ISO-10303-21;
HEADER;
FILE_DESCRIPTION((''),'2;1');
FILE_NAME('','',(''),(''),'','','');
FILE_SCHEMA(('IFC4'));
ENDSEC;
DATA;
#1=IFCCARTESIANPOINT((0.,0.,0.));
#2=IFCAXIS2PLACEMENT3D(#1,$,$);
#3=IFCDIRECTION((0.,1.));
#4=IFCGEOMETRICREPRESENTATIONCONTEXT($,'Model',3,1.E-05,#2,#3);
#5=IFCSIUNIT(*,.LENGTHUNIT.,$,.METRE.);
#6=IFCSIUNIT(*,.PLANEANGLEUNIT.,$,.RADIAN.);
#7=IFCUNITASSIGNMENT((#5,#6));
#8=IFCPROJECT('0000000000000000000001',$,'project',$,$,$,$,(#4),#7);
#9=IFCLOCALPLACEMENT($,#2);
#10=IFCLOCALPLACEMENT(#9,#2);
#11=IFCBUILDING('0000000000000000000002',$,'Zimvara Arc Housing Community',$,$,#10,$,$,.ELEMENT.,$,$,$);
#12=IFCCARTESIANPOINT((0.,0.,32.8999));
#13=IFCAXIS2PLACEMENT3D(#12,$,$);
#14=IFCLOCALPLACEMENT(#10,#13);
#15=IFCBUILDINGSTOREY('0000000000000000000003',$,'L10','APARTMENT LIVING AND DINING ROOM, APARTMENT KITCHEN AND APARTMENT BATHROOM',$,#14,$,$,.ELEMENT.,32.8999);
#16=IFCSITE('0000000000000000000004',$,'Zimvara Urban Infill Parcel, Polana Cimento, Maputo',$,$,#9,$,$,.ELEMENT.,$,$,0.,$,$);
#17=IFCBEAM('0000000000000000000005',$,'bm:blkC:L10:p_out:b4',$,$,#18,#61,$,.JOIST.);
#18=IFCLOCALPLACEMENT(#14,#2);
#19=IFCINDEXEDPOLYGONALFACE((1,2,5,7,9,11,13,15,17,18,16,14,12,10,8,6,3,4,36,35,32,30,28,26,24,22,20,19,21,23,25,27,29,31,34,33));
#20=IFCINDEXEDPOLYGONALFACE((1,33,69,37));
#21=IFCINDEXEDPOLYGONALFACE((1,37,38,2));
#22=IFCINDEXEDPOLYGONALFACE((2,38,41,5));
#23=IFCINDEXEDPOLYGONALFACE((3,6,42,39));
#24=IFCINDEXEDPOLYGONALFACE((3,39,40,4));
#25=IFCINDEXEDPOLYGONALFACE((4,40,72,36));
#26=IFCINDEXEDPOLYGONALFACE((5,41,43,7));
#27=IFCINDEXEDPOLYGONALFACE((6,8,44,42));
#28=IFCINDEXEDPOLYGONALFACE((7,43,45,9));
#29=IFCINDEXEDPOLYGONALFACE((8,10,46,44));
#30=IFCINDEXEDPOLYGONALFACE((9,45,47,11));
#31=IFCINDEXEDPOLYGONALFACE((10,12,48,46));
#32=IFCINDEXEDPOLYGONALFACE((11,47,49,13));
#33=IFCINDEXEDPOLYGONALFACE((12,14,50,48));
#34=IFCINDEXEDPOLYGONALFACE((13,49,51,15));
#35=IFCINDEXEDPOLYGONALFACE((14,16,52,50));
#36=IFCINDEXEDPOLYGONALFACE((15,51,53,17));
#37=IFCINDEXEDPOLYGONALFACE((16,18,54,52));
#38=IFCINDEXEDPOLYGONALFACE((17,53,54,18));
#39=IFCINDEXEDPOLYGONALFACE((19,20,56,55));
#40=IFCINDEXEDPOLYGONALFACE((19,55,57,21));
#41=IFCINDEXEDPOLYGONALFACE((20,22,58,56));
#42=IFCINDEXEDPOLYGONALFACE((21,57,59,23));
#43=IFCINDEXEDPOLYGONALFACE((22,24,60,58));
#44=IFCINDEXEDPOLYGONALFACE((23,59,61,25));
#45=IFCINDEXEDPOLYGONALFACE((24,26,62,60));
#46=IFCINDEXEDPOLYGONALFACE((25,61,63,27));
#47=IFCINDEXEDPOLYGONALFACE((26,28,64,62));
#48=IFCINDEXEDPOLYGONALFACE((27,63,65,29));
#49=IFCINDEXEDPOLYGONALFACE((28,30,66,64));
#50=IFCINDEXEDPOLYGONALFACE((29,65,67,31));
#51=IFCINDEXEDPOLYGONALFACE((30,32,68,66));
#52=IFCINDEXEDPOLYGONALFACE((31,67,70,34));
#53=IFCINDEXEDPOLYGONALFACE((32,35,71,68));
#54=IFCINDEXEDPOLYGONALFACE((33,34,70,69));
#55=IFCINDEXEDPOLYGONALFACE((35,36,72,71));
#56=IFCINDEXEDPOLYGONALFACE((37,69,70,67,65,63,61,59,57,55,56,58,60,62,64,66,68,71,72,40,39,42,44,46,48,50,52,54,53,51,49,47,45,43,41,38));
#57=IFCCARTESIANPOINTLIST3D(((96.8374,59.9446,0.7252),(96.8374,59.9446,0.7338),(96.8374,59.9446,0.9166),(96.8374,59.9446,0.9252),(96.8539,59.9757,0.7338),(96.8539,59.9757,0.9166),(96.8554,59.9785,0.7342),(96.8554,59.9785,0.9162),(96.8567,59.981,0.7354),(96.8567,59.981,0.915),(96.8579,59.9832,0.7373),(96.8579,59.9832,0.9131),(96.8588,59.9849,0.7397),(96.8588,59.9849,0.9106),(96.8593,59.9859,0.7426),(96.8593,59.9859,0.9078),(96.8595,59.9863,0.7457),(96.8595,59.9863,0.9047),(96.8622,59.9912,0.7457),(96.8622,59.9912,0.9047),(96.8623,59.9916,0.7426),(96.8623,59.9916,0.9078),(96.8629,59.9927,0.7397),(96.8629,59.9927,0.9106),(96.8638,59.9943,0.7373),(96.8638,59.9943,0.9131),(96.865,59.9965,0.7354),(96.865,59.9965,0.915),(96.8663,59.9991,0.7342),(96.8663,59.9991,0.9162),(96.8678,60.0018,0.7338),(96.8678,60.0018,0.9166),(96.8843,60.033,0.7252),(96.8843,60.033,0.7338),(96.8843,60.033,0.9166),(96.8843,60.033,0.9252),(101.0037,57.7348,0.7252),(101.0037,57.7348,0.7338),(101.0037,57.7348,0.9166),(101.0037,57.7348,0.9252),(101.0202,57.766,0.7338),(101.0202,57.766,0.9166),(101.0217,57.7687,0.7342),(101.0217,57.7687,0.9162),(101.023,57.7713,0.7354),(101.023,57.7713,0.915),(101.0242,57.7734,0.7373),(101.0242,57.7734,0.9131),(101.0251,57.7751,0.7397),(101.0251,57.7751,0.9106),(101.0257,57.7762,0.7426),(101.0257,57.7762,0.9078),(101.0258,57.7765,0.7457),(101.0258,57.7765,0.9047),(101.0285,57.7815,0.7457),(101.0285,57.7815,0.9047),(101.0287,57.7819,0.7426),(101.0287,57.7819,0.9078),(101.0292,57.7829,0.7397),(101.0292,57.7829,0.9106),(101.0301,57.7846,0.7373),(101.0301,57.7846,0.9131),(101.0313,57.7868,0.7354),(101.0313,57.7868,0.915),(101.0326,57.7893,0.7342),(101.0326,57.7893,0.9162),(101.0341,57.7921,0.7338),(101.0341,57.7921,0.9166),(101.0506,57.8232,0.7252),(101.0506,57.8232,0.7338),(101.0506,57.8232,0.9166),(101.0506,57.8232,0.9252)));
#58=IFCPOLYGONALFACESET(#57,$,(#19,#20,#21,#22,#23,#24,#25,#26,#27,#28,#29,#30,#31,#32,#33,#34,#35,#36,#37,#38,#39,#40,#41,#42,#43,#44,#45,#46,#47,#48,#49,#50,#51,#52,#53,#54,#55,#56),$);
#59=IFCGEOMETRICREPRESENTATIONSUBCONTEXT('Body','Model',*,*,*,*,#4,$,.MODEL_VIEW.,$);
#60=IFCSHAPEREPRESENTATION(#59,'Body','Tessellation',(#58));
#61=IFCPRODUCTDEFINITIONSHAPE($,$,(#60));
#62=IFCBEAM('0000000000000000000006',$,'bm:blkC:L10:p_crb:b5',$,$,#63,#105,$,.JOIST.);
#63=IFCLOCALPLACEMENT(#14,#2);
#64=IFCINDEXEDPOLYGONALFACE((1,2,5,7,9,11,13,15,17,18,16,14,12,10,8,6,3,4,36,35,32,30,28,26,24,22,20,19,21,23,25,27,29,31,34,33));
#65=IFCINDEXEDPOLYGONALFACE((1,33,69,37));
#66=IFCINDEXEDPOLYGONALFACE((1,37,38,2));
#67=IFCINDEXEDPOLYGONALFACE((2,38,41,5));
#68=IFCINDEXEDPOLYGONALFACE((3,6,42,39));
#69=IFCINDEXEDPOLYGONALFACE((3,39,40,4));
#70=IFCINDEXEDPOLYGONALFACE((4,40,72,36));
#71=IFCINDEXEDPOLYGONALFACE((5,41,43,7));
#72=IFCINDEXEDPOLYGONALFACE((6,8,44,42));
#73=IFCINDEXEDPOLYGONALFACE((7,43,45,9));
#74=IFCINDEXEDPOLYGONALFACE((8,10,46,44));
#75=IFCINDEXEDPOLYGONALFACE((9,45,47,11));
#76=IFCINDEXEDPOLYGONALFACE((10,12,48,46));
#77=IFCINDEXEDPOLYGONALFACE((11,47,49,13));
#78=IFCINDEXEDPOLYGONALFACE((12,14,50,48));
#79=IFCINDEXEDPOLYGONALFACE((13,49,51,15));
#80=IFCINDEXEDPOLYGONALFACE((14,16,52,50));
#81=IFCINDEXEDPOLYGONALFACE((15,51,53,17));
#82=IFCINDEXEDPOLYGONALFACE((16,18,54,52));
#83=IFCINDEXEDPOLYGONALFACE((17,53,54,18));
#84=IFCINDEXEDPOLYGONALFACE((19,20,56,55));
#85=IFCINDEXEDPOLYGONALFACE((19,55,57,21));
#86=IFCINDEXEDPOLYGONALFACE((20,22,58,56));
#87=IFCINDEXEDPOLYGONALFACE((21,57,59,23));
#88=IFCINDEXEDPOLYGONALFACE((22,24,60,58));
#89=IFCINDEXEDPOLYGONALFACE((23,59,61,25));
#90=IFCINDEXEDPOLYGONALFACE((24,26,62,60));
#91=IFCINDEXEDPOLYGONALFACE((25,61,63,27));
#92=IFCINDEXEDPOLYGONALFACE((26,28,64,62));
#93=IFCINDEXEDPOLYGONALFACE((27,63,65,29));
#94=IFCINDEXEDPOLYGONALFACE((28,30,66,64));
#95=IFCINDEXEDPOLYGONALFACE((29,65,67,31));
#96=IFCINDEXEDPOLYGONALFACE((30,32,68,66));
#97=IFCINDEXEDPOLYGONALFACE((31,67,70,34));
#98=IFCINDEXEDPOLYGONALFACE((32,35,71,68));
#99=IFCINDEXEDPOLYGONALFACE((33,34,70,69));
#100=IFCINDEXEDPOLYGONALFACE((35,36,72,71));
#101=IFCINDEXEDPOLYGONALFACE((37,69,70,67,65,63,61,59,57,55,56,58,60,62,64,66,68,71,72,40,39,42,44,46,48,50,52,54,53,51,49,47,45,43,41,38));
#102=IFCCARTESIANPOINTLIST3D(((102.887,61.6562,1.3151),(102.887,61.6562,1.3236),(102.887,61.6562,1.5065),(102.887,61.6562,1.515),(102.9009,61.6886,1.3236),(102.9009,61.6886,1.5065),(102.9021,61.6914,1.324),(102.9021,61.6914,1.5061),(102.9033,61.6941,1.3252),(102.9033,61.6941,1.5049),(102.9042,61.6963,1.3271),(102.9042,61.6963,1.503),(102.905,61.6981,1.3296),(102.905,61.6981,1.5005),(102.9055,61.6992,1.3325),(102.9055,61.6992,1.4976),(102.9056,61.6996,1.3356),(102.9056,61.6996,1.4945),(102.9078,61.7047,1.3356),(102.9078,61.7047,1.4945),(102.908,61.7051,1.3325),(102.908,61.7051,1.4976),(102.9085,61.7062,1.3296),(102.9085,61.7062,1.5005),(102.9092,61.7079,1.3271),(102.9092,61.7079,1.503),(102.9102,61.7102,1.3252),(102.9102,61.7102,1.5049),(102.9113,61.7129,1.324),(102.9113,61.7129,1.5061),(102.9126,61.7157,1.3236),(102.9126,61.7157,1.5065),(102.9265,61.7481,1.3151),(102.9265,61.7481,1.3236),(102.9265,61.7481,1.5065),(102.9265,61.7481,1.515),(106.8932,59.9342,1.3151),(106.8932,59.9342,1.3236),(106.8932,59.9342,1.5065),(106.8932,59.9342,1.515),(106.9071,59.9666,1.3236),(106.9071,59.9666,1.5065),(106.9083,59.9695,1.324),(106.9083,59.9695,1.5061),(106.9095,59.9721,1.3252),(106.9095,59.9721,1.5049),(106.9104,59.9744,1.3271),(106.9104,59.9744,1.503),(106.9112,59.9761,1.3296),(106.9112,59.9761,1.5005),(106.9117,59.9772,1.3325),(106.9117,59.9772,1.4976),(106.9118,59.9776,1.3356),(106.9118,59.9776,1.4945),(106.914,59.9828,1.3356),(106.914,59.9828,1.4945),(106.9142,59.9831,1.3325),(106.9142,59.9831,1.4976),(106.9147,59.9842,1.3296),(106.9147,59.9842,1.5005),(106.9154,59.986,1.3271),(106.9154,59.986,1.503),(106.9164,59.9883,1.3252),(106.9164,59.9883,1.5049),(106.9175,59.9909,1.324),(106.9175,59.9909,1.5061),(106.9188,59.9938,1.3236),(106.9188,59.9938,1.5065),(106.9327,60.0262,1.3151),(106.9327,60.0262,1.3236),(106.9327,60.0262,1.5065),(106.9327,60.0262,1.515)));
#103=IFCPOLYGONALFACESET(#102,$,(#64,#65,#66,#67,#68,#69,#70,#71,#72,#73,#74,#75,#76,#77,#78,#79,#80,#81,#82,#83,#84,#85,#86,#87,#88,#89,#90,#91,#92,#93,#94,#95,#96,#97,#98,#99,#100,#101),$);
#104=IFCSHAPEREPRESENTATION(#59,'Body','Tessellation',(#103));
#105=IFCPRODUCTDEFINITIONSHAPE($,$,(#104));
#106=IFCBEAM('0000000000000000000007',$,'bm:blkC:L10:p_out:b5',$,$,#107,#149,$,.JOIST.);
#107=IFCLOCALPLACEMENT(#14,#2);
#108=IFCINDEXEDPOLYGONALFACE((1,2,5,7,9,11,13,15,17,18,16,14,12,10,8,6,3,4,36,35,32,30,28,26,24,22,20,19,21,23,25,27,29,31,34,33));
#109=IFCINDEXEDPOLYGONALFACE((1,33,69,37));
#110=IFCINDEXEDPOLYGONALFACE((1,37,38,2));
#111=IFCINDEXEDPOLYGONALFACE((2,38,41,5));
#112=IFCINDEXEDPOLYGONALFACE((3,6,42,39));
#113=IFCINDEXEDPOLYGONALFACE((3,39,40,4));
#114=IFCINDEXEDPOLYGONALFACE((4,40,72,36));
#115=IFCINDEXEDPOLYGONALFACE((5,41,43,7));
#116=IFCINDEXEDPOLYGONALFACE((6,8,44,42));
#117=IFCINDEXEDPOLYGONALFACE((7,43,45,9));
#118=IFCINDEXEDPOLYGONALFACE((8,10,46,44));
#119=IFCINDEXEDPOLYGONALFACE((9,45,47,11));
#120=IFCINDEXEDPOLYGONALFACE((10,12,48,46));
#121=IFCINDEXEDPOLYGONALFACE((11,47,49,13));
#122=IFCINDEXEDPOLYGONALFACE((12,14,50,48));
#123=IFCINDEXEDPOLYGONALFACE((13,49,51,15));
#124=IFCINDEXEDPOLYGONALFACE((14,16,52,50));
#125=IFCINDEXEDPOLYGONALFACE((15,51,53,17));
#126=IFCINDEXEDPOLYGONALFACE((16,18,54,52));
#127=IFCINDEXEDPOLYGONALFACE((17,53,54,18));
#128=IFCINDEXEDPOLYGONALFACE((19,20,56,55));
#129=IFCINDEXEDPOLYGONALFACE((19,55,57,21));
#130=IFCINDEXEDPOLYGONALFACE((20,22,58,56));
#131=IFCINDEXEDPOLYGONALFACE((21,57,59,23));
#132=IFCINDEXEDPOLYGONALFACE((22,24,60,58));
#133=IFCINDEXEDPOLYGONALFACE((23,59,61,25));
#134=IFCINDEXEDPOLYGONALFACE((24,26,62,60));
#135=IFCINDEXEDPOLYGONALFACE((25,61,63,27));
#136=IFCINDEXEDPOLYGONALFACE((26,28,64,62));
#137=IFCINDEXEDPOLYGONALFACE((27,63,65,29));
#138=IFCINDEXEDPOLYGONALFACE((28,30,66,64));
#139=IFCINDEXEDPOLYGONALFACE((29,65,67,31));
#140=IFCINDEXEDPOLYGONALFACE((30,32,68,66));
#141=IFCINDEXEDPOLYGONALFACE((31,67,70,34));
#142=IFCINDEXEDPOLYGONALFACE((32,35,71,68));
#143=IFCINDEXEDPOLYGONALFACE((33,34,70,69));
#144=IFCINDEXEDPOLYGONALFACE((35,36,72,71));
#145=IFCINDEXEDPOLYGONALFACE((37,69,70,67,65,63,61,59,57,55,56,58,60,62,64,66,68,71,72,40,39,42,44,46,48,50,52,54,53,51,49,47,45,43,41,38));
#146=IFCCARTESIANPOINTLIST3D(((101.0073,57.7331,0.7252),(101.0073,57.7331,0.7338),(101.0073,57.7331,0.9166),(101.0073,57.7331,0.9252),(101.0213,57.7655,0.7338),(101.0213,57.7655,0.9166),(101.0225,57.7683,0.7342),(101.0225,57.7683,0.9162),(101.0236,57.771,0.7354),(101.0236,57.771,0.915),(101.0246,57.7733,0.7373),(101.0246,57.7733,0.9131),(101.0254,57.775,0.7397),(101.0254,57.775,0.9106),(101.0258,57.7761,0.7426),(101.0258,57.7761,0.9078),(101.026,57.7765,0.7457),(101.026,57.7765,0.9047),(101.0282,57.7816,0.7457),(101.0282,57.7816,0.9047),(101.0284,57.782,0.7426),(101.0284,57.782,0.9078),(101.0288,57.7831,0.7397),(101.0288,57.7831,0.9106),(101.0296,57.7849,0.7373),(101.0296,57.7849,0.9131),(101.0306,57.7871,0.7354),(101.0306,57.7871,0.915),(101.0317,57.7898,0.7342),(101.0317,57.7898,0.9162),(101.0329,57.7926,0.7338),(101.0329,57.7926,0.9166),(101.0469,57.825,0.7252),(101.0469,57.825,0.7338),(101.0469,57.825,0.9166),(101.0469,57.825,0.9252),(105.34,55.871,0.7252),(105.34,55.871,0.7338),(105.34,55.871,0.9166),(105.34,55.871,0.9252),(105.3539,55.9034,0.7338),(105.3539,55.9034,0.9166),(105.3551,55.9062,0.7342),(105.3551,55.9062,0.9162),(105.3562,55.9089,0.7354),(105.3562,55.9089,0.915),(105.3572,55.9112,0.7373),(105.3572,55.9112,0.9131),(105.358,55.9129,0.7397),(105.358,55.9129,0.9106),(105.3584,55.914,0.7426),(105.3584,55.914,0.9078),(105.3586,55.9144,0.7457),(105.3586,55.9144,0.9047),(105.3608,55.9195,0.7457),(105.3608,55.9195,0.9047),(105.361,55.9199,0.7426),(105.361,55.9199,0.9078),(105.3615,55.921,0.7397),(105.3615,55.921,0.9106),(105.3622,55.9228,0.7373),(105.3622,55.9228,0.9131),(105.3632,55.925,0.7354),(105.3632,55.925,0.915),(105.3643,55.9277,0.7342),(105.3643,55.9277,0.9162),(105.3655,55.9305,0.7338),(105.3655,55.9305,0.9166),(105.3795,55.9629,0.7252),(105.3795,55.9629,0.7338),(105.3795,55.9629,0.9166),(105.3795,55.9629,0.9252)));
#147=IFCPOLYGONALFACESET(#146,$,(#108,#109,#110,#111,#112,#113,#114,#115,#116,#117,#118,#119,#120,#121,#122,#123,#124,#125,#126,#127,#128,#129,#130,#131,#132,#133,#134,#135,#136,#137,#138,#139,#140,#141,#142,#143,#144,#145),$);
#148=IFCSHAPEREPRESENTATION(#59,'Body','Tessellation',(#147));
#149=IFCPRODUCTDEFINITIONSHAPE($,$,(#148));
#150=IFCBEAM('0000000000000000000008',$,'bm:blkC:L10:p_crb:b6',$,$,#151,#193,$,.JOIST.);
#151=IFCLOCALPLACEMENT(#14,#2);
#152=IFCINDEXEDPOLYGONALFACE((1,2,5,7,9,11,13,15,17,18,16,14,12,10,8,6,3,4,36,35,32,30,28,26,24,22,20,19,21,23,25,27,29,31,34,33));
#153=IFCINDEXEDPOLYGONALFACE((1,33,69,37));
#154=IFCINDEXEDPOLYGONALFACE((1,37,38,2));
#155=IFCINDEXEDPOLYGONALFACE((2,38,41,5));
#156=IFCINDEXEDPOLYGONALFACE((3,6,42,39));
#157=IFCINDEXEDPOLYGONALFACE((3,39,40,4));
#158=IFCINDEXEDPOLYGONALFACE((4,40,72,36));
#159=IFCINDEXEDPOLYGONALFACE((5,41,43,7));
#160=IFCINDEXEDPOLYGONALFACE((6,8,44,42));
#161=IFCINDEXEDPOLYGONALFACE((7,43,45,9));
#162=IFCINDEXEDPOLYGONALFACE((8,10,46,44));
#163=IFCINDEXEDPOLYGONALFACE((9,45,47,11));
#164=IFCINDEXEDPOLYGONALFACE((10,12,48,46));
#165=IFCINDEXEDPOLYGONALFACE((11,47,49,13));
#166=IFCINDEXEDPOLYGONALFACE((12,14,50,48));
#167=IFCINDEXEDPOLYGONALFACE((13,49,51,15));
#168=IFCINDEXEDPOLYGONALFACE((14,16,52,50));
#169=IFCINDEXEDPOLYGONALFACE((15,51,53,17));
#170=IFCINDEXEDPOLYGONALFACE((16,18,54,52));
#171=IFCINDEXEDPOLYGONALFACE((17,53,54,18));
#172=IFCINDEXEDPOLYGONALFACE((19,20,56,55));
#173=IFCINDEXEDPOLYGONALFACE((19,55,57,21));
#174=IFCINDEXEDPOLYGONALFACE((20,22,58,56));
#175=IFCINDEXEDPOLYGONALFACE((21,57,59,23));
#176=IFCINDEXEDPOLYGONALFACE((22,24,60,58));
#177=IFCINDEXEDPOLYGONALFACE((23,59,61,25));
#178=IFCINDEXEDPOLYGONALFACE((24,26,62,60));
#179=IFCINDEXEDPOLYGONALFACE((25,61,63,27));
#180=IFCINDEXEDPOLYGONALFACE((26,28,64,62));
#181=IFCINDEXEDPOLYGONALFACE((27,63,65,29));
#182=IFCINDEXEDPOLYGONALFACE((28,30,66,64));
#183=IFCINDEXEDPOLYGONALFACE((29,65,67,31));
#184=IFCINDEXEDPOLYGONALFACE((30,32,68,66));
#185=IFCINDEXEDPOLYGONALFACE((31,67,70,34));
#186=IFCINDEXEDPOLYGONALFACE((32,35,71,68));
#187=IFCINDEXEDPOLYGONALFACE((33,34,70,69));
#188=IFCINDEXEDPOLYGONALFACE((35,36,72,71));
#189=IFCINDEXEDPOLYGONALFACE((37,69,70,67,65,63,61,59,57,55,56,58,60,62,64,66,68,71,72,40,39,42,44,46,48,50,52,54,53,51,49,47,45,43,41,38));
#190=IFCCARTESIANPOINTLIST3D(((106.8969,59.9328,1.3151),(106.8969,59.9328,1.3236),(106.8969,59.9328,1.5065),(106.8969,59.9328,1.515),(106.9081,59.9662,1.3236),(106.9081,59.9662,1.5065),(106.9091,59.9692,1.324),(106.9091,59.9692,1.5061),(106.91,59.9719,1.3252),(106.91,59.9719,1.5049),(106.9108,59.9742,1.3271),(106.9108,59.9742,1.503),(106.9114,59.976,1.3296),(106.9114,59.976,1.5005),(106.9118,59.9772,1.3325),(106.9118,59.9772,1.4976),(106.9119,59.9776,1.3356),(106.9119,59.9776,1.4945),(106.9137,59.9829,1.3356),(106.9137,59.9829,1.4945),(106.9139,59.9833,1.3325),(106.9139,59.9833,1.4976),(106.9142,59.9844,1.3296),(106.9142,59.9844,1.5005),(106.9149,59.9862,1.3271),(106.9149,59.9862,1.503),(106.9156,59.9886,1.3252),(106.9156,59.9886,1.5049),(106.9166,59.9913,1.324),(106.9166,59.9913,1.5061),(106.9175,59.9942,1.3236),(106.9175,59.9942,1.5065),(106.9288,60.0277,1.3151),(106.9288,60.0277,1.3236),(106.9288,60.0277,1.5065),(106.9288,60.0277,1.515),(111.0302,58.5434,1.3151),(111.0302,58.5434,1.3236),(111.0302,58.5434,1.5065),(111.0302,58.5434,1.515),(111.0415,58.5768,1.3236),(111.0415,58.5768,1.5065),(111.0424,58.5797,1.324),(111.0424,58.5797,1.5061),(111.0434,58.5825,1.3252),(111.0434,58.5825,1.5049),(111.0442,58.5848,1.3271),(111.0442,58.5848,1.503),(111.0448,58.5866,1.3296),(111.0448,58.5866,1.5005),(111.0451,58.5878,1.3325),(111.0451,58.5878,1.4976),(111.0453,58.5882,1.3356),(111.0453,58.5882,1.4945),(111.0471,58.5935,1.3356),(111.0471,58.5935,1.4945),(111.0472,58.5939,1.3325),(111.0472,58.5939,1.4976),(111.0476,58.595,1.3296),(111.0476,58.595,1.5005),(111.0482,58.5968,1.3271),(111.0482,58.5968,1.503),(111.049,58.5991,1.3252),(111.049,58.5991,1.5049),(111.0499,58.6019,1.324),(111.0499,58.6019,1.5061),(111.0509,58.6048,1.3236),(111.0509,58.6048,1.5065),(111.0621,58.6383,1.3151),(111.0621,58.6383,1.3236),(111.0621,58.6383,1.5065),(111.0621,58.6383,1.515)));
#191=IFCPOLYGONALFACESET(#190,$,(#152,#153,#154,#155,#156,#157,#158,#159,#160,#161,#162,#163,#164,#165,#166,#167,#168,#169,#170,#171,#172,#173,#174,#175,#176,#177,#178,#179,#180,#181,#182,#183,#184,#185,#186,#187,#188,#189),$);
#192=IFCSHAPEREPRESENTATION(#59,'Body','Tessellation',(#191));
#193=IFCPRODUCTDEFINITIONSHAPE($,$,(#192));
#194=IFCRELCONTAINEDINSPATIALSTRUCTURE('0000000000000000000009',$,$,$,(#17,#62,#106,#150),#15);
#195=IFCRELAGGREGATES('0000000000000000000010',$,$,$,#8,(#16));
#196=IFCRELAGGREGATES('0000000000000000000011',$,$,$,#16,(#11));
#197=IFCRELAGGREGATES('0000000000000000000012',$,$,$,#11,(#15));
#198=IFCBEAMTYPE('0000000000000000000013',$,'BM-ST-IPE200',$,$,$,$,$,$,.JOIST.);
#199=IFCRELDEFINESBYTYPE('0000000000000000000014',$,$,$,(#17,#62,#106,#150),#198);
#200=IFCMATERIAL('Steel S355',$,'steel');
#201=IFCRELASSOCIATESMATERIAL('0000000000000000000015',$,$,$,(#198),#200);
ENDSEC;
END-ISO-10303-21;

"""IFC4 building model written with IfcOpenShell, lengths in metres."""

from ifc_helpers import new_model, si_unit, direction, frame, origin, origin_2d, place, context, subcontext, project, spatial, i_section, extrude, material, material_profile, profile_set, type_object, element, save


model = new_model("IFC4")

# Units and contexts
model_context = context("Model", 3, precision=1e-05, world=origin(), true_north=direction((0.0, 1.0)))
body_context = subcontext(model_context, "Body", "Model", "MODEL_VIEW")
ifc_project = project(units=[si_unit("LENGTHUNIT", "METRE"), si_unit("PLANEANGLEUNIT", "RADIAN")], contexts=[model_context])

# Site, building, storey
site_placement = place(None, origin())
site = spatial("IfcSite", under=ifc_project, at=site_placement, Name="Zimvara Urban Infill Parcel, Polana Cimento, Maputo", CompositionType="ELEMENT", RefElevation=0.0)
building_placement = place(site_placement, origin())
building = spatial("IfcBuilding", under=site, at=building_placement, Name="Zimvara Arc Housing Community", CompositionType="ELEMENT")
storey_placement = place(building_placement, frame((0.0, 0.0, 32.8999)))
storey = spatial("IfcBuildingStorey", under=building, at=storey_placement, Name="L10", Description="APARTMENT LIVING AND DINING ROOM, APARTMENT KITCHEN AND APARTMENT BATHROOM", CompositionType="ELEMENT", Elevation=32.8999)

# Beams
ifc_material_1 = material(Name="Steel S355", Category="steel")
ifc_material_profile_1 = material_profile(ifc_material_1, i_section(OverallWidth=0.1001, OverallDepth=0.2, WebThickness=0.0056, FlangeThickness=0.0085, FilletRadius=0.012, at=origin_2d()), Name="IPE 200")
ifc_profile_set_1 = profile_set([ifc_material_profile_1], Name="Steel S355")
beam_type_1 = type_object("IfcBeamType", Name="BM-ST-IPE200", PredefinedType="JOIST", material=ifc_profile_set_1)
beam_1_placement = place(storey_placement, frame((96.8608, 59.9888, 0.8252), z_axis=(0.883433, -0.468558, 0.0), x_axis=(0.468558, 0.883433, 0.0)))
element("IfcBeam", 1, at=beam_1_placement, inside=storey, type_object=beam_type_1, Name="bm:blkC:L10:p_out:b4", PredefinedType="JOIST", context=body_context, shape_type="SweptSolid", body=[
    extrude(i_section(OverallWidth=0.1001, OverallDepth=0.2, WebThickness=0.0056, FlangeThickness=0.0085, FilletRadius=0.012, at=origin_2d()), origin(), (0.0, 0.0, 1.0), 4.7161),
])
beam_2_placement = place(storey_placement, frame((102.9067, 61.7021, 1.415), z_axis=(0.918727, -0.394892, 0.0), x_axis=(0.394892, 0.918727, 0.0)))
element("IfcBeam", 2, at=beam_2_placement, inside=storey, type_object=beam_type_1, Name="bm:blkC:L10:p_crb:b5", PredefinedType="JOIST", context=body_context, shape_type="SweptSolid", body=[
    extrude(i_section(OverallWidth=0.1001, OverallDepth=0.2, WebThickness=0.0056, FlangeThickness=0.0085, FilletRadius=0.012, at=origin_2d()), origin(), (0.0, 0.0, 1.0), 4.3606),
])
beam_3_placement = place(storey_placement, frame((101.0271, 57.7791, 0.8252), z_axis=(0.91874, -0.394863, 0.0), x_axis=(0.394863, 0.91874, 0.0)))
element("IfcBeam", 3, at=beam_3_placement, inside=storey, type_object=beam_type_1, Name="bm:blkC:L10:p_out:b5", PredefinedType="JOIST", context=body_context, shape_type="SweptSolid", body=[
    extrude(i_section(OverallWidth=0.1001, OverallDepth=0.2, WebThickness=0.0056, FlangeThickness=0.0085, FilletRadius=0.012, at=origin_2d()), origin(), (0.0, 0.0, 1.0), 4.7158),
])
beam_4_placement = place(storey_placement, frame((106.9128, 59.9802, 1.415), z_axis=(0.94788, -0.318629, 0.0), x_axis=(0.318629, 0.94788, 0.0)))
element("IfcBeam", 4, at=beam_4_placement, inside=storey, type_object=beam_type_1, Name="bm:blkC:L10:p_crb:b6", PredefinedType="JOIST", context=body_context, shape_type="SweptSolid", body=[
    extrude(i_section(OverallWidth=0.1001, OverallDepth=0.2, WebThickness=0.0056, FlangeThickness=0.0085, FilletRadius=0.012, at=origin_2d()), origin(), (0.0, 0.0, 1.0), 4.3606),
])

save(model, "model.ifc")
